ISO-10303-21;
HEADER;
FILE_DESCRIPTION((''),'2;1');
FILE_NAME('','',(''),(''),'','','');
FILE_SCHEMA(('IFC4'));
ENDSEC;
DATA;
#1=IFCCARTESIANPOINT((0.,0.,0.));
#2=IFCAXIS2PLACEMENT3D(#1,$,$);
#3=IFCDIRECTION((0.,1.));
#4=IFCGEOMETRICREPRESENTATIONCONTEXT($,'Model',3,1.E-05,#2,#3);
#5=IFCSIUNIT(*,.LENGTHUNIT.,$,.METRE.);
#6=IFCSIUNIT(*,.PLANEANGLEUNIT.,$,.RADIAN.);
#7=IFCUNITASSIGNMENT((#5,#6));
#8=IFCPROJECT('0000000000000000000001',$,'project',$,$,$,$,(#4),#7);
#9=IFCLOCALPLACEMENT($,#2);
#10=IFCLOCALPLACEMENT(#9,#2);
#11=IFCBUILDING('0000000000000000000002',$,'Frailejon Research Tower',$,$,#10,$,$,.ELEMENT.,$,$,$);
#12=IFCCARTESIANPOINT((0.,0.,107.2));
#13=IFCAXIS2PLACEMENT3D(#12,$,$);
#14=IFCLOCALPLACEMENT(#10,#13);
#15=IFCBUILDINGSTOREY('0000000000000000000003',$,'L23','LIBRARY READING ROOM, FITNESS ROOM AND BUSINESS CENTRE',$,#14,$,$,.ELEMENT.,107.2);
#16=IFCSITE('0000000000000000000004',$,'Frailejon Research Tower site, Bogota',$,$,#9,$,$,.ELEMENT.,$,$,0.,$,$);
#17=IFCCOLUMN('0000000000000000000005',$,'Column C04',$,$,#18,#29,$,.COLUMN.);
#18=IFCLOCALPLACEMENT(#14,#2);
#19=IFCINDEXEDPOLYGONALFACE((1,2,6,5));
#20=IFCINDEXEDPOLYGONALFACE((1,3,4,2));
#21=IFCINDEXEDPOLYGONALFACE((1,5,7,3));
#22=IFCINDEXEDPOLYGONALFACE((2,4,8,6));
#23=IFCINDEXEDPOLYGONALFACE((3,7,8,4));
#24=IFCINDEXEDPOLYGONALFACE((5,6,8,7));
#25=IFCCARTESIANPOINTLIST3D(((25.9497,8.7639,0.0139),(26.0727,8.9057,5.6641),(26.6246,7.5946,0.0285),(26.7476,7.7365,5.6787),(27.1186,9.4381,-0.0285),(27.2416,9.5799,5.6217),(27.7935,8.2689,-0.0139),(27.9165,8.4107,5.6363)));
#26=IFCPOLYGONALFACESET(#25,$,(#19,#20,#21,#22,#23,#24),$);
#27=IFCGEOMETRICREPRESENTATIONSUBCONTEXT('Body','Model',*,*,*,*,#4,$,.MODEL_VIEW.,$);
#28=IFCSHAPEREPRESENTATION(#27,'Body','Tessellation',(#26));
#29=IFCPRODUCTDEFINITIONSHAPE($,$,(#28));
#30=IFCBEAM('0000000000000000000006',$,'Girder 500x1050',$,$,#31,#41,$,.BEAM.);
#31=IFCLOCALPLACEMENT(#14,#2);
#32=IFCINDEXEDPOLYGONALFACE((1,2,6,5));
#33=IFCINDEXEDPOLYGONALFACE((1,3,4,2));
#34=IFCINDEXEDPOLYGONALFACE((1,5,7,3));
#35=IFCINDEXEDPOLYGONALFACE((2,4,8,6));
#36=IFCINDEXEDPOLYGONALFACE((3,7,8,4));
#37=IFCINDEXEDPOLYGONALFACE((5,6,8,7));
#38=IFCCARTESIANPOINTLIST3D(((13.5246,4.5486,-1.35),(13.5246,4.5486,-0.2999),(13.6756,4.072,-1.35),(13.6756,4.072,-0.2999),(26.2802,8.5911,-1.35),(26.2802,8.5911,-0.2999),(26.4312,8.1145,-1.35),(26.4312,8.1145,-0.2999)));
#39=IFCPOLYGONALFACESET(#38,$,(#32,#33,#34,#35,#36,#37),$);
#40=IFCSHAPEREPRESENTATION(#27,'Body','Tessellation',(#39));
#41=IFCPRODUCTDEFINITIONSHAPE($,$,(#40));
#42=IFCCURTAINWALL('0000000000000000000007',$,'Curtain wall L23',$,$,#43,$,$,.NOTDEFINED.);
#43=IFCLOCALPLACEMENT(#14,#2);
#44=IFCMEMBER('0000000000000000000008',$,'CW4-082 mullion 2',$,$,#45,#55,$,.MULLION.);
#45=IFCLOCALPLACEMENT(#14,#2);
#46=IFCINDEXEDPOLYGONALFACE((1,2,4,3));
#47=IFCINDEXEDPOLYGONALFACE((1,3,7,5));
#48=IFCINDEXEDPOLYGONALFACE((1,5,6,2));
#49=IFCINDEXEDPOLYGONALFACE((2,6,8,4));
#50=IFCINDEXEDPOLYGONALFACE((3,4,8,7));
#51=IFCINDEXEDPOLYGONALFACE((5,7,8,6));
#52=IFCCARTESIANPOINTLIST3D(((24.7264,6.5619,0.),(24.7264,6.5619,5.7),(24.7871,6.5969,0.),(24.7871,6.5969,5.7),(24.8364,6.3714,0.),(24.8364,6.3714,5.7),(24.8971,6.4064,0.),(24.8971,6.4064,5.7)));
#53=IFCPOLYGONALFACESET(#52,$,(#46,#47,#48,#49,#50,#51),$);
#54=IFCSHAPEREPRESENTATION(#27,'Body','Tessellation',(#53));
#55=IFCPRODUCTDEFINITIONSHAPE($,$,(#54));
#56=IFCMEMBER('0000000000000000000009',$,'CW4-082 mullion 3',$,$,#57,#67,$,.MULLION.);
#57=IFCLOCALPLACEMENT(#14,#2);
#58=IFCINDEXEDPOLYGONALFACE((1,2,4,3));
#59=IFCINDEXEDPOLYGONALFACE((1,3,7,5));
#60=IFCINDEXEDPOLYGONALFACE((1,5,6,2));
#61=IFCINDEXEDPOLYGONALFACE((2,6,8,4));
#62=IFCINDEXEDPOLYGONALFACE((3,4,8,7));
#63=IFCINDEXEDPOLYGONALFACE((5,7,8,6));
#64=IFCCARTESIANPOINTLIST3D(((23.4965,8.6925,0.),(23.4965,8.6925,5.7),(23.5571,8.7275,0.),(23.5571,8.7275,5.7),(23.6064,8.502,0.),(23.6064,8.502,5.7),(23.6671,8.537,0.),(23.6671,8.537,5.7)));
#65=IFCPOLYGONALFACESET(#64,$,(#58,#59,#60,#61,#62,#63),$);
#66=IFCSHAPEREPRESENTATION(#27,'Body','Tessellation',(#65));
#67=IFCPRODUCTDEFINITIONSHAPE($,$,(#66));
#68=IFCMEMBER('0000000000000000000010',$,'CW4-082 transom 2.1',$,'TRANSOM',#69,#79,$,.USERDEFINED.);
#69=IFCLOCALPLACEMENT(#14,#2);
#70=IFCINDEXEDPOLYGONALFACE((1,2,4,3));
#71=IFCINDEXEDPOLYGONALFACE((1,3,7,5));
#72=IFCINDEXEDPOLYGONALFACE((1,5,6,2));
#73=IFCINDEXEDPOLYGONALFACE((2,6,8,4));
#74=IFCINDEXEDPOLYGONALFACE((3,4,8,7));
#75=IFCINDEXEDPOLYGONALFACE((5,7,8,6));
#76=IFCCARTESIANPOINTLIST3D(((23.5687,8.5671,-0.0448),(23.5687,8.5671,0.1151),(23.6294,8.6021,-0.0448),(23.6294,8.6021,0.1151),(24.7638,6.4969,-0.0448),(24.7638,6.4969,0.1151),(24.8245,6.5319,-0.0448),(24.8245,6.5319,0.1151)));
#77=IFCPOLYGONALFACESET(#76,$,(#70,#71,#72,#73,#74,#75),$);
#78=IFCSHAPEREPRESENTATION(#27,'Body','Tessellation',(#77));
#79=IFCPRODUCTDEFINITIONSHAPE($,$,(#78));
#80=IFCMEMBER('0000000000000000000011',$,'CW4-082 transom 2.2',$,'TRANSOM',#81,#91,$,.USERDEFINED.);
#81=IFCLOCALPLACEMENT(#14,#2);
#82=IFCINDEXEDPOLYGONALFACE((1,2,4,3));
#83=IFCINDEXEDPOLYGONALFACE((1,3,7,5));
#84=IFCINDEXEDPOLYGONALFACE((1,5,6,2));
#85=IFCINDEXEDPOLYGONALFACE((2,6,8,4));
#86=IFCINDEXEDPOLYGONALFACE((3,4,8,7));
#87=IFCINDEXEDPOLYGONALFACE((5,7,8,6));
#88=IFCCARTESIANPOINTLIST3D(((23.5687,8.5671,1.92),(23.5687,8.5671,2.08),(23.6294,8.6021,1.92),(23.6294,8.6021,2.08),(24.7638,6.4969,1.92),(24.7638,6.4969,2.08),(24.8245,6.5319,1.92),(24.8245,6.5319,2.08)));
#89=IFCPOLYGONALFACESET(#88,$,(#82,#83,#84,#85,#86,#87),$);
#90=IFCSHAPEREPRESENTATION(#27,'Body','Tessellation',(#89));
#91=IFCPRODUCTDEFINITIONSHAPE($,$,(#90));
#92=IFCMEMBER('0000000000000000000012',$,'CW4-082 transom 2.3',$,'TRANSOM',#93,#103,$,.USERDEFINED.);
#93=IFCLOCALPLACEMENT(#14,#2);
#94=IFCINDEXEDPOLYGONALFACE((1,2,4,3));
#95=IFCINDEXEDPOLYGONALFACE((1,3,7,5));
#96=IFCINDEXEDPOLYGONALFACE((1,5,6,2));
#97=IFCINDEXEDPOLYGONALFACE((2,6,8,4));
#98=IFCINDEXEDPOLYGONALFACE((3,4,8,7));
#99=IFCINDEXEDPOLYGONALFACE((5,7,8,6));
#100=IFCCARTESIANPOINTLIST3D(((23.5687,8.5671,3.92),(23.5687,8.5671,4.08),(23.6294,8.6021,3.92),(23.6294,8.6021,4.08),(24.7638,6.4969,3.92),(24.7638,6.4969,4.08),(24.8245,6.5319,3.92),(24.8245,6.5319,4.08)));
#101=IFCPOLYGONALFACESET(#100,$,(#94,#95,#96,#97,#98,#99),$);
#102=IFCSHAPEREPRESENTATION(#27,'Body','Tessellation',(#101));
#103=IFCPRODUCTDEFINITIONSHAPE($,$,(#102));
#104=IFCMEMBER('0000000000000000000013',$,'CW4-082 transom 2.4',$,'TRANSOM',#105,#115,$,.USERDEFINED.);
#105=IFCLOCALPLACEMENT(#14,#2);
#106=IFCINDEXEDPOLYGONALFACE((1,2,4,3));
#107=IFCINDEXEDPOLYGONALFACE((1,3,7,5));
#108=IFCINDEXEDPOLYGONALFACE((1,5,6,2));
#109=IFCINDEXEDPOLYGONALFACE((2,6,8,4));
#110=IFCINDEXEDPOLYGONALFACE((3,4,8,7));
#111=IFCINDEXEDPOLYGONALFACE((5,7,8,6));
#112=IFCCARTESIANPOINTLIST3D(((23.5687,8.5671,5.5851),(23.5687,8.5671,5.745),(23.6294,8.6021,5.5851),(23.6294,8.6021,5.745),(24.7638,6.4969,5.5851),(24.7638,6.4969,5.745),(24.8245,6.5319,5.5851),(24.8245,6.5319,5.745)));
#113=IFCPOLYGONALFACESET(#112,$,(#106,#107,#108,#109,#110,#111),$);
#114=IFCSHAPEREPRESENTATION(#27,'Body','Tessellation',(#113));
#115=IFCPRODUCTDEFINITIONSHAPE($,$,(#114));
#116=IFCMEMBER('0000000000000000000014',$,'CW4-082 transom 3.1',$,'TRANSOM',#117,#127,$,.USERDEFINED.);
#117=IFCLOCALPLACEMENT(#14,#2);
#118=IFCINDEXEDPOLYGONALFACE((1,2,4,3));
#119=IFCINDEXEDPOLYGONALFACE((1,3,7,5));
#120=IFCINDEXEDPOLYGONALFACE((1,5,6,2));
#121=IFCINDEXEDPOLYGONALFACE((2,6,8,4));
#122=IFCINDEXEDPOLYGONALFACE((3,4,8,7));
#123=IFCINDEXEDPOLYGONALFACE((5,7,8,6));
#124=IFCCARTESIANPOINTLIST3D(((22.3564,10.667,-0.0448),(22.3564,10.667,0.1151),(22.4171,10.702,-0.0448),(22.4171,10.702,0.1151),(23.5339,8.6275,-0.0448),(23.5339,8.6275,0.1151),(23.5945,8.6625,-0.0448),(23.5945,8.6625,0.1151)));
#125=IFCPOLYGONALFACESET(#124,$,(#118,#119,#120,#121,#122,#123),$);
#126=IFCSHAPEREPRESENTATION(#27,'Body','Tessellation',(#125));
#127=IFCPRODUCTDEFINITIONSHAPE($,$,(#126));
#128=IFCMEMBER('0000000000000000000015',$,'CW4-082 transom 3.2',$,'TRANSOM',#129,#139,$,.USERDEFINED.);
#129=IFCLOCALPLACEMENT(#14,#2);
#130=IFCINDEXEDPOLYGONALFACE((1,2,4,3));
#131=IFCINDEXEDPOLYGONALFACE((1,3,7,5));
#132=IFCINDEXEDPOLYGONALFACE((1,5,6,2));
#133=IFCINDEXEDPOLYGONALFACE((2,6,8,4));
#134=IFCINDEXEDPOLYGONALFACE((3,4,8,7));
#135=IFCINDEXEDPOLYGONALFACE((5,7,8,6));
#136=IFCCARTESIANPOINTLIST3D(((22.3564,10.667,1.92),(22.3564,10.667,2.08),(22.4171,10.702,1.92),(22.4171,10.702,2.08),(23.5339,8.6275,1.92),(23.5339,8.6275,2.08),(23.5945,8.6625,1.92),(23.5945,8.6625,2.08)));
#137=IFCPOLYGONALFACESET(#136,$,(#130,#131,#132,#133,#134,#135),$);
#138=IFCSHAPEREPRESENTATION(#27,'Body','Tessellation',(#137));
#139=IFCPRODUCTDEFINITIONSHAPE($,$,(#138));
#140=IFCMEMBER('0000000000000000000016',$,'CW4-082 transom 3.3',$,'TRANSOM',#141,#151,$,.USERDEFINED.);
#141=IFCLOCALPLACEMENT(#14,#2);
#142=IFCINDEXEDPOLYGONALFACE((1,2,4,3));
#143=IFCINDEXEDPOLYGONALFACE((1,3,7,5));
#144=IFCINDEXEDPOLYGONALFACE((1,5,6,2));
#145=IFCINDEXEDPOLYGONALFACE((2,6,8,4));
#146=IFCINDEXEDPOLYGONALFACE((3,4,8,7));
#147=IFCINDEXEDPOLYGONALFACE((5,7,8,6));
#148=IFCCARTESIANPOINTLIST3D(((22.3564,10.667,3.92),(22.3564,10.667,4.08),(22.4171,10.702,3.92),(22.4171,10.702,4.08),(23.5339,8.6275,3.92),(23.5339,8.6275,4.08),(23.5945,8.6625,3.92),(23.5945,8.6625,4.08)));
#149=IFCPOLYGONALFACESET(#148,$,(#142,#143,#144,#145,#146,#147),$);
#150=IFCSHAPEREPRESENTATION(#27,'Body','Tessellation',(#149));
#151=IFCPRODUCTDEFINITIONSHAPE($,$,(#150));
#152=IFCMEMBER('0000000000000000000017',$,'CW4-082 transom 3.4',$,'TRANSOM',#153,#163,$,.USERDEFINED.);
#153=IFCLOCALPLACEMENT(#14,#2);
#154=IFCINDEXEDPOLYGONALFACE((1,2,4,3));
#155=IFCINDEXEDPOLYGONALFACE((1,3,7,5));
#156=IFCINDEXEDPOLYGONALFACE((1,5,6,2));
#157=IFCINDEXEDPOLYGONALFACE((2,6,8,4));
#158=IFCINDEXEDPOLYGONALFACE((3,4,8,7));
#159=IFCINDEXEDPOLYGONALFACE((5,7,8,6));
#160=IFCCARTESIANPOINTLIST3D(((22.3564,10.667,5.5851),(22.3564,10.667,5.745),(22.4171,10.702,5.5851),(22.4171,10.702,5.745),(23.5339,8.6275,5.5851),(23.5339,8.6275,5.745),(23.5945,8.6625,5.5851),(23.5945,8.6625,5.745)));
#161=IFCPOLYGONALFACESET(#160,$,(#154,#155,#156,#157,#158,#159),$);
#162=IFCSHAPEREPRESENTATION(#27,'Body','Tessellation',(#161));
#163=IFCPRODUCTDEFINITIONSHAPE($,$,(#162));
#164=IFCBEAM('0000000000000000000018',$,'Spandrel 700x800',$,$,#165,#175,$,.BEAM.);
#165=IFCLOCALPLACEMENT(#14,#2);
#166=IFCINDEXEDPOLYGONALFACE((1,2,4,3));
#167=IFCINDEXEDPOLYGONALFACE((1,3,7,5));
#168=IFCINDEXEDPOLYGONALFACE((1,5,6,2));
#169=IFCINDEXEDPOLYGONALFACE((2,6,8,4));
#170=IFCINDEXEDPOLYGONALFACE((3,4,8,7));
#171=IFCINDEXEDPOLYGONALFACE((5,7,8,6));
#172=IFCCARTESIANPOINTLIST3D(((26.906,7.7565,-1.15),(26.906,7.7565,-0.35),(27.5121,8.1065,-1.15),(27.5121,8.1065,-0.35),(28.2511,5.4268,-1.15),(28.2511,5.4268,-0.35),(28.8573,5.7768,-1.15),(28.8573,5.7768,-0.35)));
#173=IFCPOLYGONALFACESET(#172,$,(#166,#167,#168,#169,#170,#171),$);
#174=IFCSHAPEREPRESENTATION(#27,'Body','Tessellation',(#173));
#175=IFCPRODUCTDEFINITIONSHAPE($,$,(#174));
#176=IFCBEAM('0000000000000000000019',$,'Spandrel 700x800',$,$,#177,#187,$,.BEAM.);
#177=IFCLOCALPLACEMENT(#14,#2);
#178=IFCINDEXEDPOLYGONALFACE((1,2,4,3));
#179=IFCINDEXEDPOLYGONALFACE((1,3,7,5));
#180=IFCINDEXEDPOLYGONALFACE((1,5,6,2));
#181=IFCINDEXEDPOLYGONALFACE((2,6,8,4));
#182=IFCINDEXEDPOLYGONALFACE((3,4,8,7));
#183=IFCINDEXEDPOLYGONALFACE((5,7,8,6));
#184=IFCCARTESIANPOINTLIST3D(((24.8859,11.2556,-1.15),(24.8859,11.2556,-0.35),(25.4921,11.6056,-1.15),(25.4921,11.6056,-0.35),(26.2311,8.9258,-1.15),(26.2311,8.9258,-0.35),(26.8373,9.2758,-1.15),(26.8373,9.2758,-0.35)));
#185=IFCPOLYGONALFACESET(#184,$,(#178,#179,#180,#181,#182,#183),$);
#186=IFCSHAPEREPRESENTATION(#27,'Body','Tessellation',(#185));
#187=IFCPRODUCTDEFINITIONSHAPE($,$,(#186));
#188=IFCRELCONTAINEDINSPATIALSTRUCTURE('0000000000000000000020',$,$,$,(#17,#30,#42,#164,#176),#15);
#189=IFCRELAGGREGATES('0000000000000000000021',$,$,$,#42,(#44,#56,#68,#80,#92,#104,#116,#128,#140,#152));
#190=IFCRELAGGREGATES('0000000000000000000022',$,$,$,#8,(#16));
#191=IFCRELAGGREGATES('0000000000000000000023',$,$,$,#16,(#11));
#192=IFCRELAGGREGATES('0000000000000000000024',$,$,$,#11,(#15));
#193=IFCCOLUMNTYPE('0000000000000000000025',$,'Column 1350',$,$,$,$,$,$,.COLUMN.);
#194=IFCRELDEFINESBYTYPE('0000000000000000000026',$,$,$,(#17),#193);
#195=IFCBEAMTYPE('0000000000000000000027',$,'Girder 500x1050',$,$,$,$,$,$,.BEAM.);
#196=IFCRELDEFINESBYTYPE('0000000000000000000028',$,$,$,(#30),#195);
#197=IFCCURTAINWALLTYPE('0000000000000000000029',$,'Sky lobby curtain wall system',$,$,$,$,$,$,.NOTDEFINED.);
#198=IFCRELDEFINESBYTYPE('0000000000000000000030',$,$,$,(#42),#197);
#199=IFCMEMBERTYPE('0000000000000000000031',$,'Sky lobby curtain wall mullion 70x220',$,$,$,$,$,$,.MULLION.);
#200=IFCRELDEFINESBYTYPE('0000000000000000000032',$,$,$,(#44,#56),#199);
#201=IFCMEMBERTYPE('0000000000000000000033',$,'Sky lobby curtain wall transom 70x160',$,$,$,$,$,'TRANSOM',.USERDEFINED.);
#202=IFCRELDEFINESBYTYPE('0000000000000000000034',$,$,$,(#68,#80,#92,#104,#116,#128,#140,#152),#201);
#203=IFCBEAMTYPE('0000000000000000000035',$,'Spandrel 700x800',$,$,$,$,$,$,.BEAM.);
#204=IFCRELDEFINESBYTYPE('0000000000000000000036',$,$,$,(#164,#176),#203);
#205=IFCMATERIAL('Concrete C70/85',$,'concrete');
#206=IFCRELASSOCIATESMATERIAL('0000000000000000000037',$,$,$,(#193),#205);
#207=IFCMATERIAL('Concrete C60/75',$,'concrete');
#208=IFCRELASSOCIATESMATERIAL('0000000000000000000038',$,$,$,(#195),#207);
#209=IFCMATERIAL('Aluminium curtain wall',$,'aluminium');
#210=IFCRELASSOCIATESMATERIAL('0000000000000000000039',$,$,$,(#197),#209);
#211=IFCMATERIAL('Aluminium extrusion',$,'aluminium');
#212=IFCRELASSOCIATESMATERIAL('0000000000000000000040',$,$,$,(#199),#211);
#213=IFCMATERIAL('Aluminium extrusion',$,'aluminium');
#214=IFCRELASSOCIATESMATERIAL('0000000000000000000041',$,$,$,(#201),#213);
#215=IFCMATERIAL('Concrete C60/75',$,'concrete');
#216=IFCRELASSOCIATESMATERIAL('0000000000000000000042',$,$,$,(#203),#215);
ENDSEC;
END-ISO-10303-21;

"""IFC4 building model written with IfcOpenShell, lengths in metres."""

from ifc_helpers import new_model, si_unit, direction, frame, origin, origin_2d, place, context, subcontext, project, spatial, rectangle, extrude, material, material_profile, profile_set, type_object, element, aggregate, save


model = new_model("IFC4")

# Units and contexts
model_context = context("Model", 3, precision=1e-05, world=origin(), true_north=direction((0.0, 1.0)))
body_context = subcontext(model_context, "Body", "Model", "MODEL_VIEW")
ifc_project = project(units=[si_unit("LENGTHUNIT", "METRE"), si_unit("PLANEANGLEUNIT", "RADIAN")], contexts=[model_context])

# Site, building, storey
site_placement = place(None, origin())
site = spatial("IfcSite", under=ifc_project, at=site_placement, Name="Frailejon Research Tower site, Bogota", CompositionType="ELEMENT", RefElevation=0.0)
building_placement = place(site_placement, origin())
building = spatial("IfcBuilding", under=site, at=building_placement, Name="Frailejon Research Tower", CompositionType="ELEMENT")
storey_placement = place(building_placement, frame((0.0, 0.0, 107.2)))
storey = spatial("IfcBuildingStorey", under=building, at=storey_placement, Name="L23", Description="LIBRARY READING ROOM, FITNESS ROOM AND BUSINESS CENTRE", CompositionType="ELEMENT", Elevation=107.2)

# Column
ifc_material_1 = material(Name="Concrete C70/85", Category="concrete")
ifc_material_profile_1 = material_profile(ifc_material_1, rectangle(XDim=1.3501, YDim=1.3501, at=origin_2d()), Name="Column 1350")
ifc_profile_set_1 = profile_set([ifc_material_profile_1], Name="Concrete C70/85")
column_type = type_object("IfcColumnType", Name="Column 1350", PredefinedType="COLUMN", material=ifc_profile_set_1)
column_placement = place(storey_placement, frame((26.8716, 8.5164, 0.0), z_axis=(0.021766, 0.025091, 0.999448), x_axis=(-0.499891, 0.866021, -0.010855)))
element("IfcColumn", 1, at=column_placement, inside=storey, type_object=column_type, Name="Column C04", PredefinedType="COLUMN", context=body_context, shape_type="SweptSolid", body=[
    extrude(rectangle(XDim=1.3501, YDim=1.3501, at=origin_2d()), origin(), (0.0, 0.0, 1.0), 5.6533),
])

# Beam
ifc_material_2 = material(Name="Concrete C60/75", Category="concrete")
ifc_material_profile_2 = material_profile(ifc_material_2, rectangle(XDim=0.5, YDim=1.05, at=origin_2d()), Name="Girder 500x1050")
ifc_profile_set_2 = profile_set([ifc_material_profile_2], Name="Concrete C60/75")
beam_type_1 = type_object("IfcBeamType", Name="Girder 500x1050", PredefinedType="BEAM", material=ifc_profile_set_2)
beam_placement = place(storey_placement, frame((26.3557, 8.3528, -0.825), z_axis=(-0.953273, -0.302109, 0.0), x_axis=(0.302109, -0.953273, 0.0)))
element("IfcBeam", 2, at=beam_placement, inside=storey, type_object=beam_type_1, Name="Girder 500x1050", PredefinedType="BEAM", context=body_context, shape_type="SweptSolid", body=[
    extrude(rectangle(XDim=0.5, YDim=1.05, at=origin_2d()), origin(), (0.0, 0.0, 1.0), 13.3809),
])

# Curtain wall, members
ifc_material_3 = material(Name="Aluminium curtain wall", Category="aluminium")
curtain_wall_type = type_object("IfcCurtainWallType", Name="Sky lobby curtain wall system", PredefinedType="NOTDEFINED", material=ifc_material_3)
curtain_wall_placement = place(storey_placement, origin())
curtain_wall = element("IfcCurtainWall", 3, at=curtain_wall_placement, inside=storey, type_object=curtain_wall_type, Name="Curtain wall L23", PredefinedType="NOTDEFINED")
ifc_material_4 = material(Name="Aluminium extrusion", Category="aluminium")
ifc_material_profile_3 = material_profile(ifc_material_4, rectangle(XDim=0.0701, YDim=0.22, at=origin_2d()), Name="Sky lobby curtain wall mullion 70x220")
ifc_profile_set_3 = profile_set([ifc_material_profile_3], Name="Aluminium extrusion")
member_type_1 = type_object("IfcMemberType", Name="Sky lobby curtain wall mullion 70x220", PredefinedType="MULLION", material=ifc_profile_set_3)
member_1_placement = place(storey_placement, frame((24.8118, 6.4841, 0.0), z_axis=(0.0, 0.0, 1.0), x_axis=(-0.866028, -0.499995, 0.0)))
member_1 = element("IfcMember", 4, at=member_1_placement, type_object=member_type_1, Name="CW4-082 mullion 2", PredefinedType="MULLION", context=body_context, shape_type="SweptSolid", body=[
    extrude(rectangle(XDim=0.0701, YDim=0.22, at=origin_2d()), origin(), (0.0, 0.0, 1.0), 5.7),
])
member_2_placement = place(storey_placement, frame((23.5818, 8.6147, 0.0), z_axis=(0.0, 0.0, 1.0), x_axis=(-0.866028, -0.499995, 0.0)))
member_2 = element("IfcMember", 5, at=member_2_placement, type_object=member_type_1, Name="CW4-082 mullion 3", PredefinedType="MULLION", context=body_context, shape_type="SweptSolid", body=[
    extrude(rectangle(XDim=0.0701, YDim=0.22, at=origin_2d()), origin(), (0.0, 0.0, 1.0), 5.7),
])
ifc_material_5 = material(Name="Aluminium extrusion", Category="aluminium")
ifc_material_profile_4 = material_profile(ifc_material_5, rectangle(XDim=0.0701, YDim=0.1599, at=origin_2d()), Name="Sky lobby curtain wall transom 70x160")
ifc_profile_set_4 = profile_set([ifc_material_profile_4], Name="Aluminium extrusion")
member_type_2 = type_object("IfcMemberType", Name="Sky lobby curtain wall transom 70x160", ElementType="TRANSOM", PredefinedType="USERDEFINED", material=ifc_profile_set_4)
member_3_placement = place(storey_placement, frame((24.7942, 6.5144, 0.0352), z_axis=(-0.499973, 0.866041, 0.0), x_axis=(-0.866041, -0.499973, 0.0)))
member_3 = element("IfcMember", 6, at=member_3_placement, type_object=member_type_2, Name="CW4-082 transom 2.1", ObjectType="TRANSOM", PredefinedType="USERDEFINED", context=body_context, shape_type="SweptSolid", body=[
    extrude(rectangle(XDim=0.0701, YDim=0.1599, at=origin_2d()), origin(), (0.0, 0.0, 1.0), 2.3904),
])
member_4_placement = place(storey_placement, frame((24.7942, 6.5144, 2.0), z_axis=(-0.499973, 0.866041, 0.0), x_axis=(-0.866041, -0.499973, 0.0)))
member_4 = element("IfcMember", 7, at=member_4_placement, type_object=member_type_2, Name="CW4-082 transom 2.2", ObjectType="TRANSOM", PredefinedType="USERDEFINED", context=body_context, shape_type="SweptSolid", body=[
    extrude(rectangle(XDim=0.0701, YDim=0.1599, at=origin_2d()), origin(), (0.0, 0.0, 1.0), 2.3904),
])
member_5_placement = place(storey_placement, frame((24.7942, 6.5144, 4.0), z_axis=(-0.499973, 0.866041, 0.0), x_axis=(-0.866041, -0.499973, 0.0)))
member_5 = element("IfcMember", 8, at=member_5_placement, type_object=member_type_2, Name="CW4-082 transom 2.3", ObjectType="TRANSOM", PredefinedType="USERDEFINED", context=body_context, shape_type="SweptSolid", body=[
    extrude(rectangle(XDim=0.0701, YDim=0.1599, at=origin_2d()), origin(), (0.0, 0.0, 1.0), 2.3904),
])
member_6_placement = place(storey_placement, frame((24.7942, 6.5144, 5.665), z_axis=(-0.499973, 0.866041, 0.0), x_axis=(-0.866041, -0.499973, 0.0)))
member_6 = element("IfcMember", 9, at=member_6_placement, type_object=member_type_2, Name="CW4-082 transom 2.4", ObjectType="TRANSOM", PredefinedType="USERDEFINED", context=body_context, shape_type="SweptSolid", body=[
    extrude(rectangle(XDim=0.0701, YDim=0.1599, at=origin_2d()), origin(), (0.0, 0.0, 1.0), 2.3904),
])
member_7_placement = place(storey_placement, frame((23.5642, 8.645, 0.0352), z_axis=(-0.499986, 0.866034, 0.0), x_axis=(-0.866034, -0.499986, 0.0)))
member_7 = element("IfcMember", 10, at=member_7_placement, type_object=member_type_2, Name="CW4-082 transom 3.1", ObjectType="TRANSOM", PredefinedType="USERDEFINED", context=body_context, shape_type="SweptSolid", body=[
    extrude(rectangle(XDim=0.0701, YDim=0.1599, at=origin_2d()), origin(), (0.0, 0.0, 1.0), 2.355),
])
member_8_placement = place(storey_placement, frame((23.5642, 8.645, 2.0), z_axis=(-0.499986, 0.866034, 0.0), x_axis=(-0.866034, -0.499986, 0.0)))
member_8 = element("IfcMember", 11, at=member_8_placement, type_object=member_type_2, Name="CW4-082 transom 3.2", ObjectType="TRANSOM", PredefinedType="USERDEFINED", context=body_context, shape_type="SweptSolid", body=[
    extrude(rectangle(XDim=0.0701, YDim=0.1599, at=origin_2d()), origin(), (0.0, 0.0, 1.0), 2.355),
])
member_9_placement = place(storey_placement, frame((23.5642, 8.645, 4.0), z_axis=(-0.499986, 0.866034, 0.0), x_axis=(-0.866034, -0.499986, 0.0)))
member_9 = element("IfcMember", 12, at=member_9_placement, type_object=member_type_2, Name="CW4-082 transom 3.3", ObjectType="TRANSOM", PredefinedType="USERDEFINED", context=body_context, shape_type="SweptSolid", body=[
    extrude(rectangle(XDim=0.0701, YDim=0.1599, at=origin_2d()), origin(), (0.0, 0.0, 1.0), 2.355),
])
member_10_placement = place(storey_placement, frame((23.5642, 8.645, 5.665), z_axis=(-0.499986, 0.866034, 0.0), x_axis=(-0.866034, -0.499986, 0.0)))
member_10 = element("IfcMember", 13, at=member_10_placement, type_object=member_type_2, Name="CW4-082 transom 3.4", ObjectType="TRANSOM", PredefinedType="USERDEFINED", context=body_context, shape_type="SweptSolid", body=[
    extrude(rectangle(XDim=0.0701, YDim=0.1599, at=origin_2d()), origin(), (0.0, 0.0, 1.0), 2.355),
])

# Beams
ifc_material_6 = material(Name="Concrete C60/75", Category="concrete")
ifc_material_profile_5 = material_profile(ifc_material_6, rectangle(XDim=0.7, YDim=0.8, at=origin_2d()), Name="Spandrel 700x800")
ifc_profile_set_5 = profile_set([ifc_material_profile_5], Name="Concrete C60/75")
beam_type_2 = type_object("IfcBeamType", Name="Spandrel 700x800", PredefinedType="BEAM", material=ifc_profile_set_5)
for number, where, z_axis, x_axis, name in (
    (14, (28.5542, 5.6018, -0.75), (-0.500024, 0.866012, 0.0), (-0.866012, -0.500024, 0.0), "Spandrel 700x800"),
    (15, (26.5342, 9.1008, -0.75), (-0.500024, 0.866012, 0.0), (-0.866012, -0.500024, 0.0), "Spandrel 700x800"),
):
    element("IfcBeam", number, at=place(storey_placement, frame(where, z_axis=z_axis, x_axis=x_axis)), inside=storey, type_object=beam_type_2, Name=name, PredefinedType="BEAM", context=body_context, shape_type="SweptSolid", body=[
        extrude(rectangle(XDim=0.7, YDim=0.8, at=origin_2d()), origin(), (0.0, 0.0, 1.0), 2.6902),
    ])

aggregate(curtain_wall, [member_1, member_2, member_3, member_4, member_5, member_6, member_7, member_8, member_9, member_10])

save(model, "model.ifc")
